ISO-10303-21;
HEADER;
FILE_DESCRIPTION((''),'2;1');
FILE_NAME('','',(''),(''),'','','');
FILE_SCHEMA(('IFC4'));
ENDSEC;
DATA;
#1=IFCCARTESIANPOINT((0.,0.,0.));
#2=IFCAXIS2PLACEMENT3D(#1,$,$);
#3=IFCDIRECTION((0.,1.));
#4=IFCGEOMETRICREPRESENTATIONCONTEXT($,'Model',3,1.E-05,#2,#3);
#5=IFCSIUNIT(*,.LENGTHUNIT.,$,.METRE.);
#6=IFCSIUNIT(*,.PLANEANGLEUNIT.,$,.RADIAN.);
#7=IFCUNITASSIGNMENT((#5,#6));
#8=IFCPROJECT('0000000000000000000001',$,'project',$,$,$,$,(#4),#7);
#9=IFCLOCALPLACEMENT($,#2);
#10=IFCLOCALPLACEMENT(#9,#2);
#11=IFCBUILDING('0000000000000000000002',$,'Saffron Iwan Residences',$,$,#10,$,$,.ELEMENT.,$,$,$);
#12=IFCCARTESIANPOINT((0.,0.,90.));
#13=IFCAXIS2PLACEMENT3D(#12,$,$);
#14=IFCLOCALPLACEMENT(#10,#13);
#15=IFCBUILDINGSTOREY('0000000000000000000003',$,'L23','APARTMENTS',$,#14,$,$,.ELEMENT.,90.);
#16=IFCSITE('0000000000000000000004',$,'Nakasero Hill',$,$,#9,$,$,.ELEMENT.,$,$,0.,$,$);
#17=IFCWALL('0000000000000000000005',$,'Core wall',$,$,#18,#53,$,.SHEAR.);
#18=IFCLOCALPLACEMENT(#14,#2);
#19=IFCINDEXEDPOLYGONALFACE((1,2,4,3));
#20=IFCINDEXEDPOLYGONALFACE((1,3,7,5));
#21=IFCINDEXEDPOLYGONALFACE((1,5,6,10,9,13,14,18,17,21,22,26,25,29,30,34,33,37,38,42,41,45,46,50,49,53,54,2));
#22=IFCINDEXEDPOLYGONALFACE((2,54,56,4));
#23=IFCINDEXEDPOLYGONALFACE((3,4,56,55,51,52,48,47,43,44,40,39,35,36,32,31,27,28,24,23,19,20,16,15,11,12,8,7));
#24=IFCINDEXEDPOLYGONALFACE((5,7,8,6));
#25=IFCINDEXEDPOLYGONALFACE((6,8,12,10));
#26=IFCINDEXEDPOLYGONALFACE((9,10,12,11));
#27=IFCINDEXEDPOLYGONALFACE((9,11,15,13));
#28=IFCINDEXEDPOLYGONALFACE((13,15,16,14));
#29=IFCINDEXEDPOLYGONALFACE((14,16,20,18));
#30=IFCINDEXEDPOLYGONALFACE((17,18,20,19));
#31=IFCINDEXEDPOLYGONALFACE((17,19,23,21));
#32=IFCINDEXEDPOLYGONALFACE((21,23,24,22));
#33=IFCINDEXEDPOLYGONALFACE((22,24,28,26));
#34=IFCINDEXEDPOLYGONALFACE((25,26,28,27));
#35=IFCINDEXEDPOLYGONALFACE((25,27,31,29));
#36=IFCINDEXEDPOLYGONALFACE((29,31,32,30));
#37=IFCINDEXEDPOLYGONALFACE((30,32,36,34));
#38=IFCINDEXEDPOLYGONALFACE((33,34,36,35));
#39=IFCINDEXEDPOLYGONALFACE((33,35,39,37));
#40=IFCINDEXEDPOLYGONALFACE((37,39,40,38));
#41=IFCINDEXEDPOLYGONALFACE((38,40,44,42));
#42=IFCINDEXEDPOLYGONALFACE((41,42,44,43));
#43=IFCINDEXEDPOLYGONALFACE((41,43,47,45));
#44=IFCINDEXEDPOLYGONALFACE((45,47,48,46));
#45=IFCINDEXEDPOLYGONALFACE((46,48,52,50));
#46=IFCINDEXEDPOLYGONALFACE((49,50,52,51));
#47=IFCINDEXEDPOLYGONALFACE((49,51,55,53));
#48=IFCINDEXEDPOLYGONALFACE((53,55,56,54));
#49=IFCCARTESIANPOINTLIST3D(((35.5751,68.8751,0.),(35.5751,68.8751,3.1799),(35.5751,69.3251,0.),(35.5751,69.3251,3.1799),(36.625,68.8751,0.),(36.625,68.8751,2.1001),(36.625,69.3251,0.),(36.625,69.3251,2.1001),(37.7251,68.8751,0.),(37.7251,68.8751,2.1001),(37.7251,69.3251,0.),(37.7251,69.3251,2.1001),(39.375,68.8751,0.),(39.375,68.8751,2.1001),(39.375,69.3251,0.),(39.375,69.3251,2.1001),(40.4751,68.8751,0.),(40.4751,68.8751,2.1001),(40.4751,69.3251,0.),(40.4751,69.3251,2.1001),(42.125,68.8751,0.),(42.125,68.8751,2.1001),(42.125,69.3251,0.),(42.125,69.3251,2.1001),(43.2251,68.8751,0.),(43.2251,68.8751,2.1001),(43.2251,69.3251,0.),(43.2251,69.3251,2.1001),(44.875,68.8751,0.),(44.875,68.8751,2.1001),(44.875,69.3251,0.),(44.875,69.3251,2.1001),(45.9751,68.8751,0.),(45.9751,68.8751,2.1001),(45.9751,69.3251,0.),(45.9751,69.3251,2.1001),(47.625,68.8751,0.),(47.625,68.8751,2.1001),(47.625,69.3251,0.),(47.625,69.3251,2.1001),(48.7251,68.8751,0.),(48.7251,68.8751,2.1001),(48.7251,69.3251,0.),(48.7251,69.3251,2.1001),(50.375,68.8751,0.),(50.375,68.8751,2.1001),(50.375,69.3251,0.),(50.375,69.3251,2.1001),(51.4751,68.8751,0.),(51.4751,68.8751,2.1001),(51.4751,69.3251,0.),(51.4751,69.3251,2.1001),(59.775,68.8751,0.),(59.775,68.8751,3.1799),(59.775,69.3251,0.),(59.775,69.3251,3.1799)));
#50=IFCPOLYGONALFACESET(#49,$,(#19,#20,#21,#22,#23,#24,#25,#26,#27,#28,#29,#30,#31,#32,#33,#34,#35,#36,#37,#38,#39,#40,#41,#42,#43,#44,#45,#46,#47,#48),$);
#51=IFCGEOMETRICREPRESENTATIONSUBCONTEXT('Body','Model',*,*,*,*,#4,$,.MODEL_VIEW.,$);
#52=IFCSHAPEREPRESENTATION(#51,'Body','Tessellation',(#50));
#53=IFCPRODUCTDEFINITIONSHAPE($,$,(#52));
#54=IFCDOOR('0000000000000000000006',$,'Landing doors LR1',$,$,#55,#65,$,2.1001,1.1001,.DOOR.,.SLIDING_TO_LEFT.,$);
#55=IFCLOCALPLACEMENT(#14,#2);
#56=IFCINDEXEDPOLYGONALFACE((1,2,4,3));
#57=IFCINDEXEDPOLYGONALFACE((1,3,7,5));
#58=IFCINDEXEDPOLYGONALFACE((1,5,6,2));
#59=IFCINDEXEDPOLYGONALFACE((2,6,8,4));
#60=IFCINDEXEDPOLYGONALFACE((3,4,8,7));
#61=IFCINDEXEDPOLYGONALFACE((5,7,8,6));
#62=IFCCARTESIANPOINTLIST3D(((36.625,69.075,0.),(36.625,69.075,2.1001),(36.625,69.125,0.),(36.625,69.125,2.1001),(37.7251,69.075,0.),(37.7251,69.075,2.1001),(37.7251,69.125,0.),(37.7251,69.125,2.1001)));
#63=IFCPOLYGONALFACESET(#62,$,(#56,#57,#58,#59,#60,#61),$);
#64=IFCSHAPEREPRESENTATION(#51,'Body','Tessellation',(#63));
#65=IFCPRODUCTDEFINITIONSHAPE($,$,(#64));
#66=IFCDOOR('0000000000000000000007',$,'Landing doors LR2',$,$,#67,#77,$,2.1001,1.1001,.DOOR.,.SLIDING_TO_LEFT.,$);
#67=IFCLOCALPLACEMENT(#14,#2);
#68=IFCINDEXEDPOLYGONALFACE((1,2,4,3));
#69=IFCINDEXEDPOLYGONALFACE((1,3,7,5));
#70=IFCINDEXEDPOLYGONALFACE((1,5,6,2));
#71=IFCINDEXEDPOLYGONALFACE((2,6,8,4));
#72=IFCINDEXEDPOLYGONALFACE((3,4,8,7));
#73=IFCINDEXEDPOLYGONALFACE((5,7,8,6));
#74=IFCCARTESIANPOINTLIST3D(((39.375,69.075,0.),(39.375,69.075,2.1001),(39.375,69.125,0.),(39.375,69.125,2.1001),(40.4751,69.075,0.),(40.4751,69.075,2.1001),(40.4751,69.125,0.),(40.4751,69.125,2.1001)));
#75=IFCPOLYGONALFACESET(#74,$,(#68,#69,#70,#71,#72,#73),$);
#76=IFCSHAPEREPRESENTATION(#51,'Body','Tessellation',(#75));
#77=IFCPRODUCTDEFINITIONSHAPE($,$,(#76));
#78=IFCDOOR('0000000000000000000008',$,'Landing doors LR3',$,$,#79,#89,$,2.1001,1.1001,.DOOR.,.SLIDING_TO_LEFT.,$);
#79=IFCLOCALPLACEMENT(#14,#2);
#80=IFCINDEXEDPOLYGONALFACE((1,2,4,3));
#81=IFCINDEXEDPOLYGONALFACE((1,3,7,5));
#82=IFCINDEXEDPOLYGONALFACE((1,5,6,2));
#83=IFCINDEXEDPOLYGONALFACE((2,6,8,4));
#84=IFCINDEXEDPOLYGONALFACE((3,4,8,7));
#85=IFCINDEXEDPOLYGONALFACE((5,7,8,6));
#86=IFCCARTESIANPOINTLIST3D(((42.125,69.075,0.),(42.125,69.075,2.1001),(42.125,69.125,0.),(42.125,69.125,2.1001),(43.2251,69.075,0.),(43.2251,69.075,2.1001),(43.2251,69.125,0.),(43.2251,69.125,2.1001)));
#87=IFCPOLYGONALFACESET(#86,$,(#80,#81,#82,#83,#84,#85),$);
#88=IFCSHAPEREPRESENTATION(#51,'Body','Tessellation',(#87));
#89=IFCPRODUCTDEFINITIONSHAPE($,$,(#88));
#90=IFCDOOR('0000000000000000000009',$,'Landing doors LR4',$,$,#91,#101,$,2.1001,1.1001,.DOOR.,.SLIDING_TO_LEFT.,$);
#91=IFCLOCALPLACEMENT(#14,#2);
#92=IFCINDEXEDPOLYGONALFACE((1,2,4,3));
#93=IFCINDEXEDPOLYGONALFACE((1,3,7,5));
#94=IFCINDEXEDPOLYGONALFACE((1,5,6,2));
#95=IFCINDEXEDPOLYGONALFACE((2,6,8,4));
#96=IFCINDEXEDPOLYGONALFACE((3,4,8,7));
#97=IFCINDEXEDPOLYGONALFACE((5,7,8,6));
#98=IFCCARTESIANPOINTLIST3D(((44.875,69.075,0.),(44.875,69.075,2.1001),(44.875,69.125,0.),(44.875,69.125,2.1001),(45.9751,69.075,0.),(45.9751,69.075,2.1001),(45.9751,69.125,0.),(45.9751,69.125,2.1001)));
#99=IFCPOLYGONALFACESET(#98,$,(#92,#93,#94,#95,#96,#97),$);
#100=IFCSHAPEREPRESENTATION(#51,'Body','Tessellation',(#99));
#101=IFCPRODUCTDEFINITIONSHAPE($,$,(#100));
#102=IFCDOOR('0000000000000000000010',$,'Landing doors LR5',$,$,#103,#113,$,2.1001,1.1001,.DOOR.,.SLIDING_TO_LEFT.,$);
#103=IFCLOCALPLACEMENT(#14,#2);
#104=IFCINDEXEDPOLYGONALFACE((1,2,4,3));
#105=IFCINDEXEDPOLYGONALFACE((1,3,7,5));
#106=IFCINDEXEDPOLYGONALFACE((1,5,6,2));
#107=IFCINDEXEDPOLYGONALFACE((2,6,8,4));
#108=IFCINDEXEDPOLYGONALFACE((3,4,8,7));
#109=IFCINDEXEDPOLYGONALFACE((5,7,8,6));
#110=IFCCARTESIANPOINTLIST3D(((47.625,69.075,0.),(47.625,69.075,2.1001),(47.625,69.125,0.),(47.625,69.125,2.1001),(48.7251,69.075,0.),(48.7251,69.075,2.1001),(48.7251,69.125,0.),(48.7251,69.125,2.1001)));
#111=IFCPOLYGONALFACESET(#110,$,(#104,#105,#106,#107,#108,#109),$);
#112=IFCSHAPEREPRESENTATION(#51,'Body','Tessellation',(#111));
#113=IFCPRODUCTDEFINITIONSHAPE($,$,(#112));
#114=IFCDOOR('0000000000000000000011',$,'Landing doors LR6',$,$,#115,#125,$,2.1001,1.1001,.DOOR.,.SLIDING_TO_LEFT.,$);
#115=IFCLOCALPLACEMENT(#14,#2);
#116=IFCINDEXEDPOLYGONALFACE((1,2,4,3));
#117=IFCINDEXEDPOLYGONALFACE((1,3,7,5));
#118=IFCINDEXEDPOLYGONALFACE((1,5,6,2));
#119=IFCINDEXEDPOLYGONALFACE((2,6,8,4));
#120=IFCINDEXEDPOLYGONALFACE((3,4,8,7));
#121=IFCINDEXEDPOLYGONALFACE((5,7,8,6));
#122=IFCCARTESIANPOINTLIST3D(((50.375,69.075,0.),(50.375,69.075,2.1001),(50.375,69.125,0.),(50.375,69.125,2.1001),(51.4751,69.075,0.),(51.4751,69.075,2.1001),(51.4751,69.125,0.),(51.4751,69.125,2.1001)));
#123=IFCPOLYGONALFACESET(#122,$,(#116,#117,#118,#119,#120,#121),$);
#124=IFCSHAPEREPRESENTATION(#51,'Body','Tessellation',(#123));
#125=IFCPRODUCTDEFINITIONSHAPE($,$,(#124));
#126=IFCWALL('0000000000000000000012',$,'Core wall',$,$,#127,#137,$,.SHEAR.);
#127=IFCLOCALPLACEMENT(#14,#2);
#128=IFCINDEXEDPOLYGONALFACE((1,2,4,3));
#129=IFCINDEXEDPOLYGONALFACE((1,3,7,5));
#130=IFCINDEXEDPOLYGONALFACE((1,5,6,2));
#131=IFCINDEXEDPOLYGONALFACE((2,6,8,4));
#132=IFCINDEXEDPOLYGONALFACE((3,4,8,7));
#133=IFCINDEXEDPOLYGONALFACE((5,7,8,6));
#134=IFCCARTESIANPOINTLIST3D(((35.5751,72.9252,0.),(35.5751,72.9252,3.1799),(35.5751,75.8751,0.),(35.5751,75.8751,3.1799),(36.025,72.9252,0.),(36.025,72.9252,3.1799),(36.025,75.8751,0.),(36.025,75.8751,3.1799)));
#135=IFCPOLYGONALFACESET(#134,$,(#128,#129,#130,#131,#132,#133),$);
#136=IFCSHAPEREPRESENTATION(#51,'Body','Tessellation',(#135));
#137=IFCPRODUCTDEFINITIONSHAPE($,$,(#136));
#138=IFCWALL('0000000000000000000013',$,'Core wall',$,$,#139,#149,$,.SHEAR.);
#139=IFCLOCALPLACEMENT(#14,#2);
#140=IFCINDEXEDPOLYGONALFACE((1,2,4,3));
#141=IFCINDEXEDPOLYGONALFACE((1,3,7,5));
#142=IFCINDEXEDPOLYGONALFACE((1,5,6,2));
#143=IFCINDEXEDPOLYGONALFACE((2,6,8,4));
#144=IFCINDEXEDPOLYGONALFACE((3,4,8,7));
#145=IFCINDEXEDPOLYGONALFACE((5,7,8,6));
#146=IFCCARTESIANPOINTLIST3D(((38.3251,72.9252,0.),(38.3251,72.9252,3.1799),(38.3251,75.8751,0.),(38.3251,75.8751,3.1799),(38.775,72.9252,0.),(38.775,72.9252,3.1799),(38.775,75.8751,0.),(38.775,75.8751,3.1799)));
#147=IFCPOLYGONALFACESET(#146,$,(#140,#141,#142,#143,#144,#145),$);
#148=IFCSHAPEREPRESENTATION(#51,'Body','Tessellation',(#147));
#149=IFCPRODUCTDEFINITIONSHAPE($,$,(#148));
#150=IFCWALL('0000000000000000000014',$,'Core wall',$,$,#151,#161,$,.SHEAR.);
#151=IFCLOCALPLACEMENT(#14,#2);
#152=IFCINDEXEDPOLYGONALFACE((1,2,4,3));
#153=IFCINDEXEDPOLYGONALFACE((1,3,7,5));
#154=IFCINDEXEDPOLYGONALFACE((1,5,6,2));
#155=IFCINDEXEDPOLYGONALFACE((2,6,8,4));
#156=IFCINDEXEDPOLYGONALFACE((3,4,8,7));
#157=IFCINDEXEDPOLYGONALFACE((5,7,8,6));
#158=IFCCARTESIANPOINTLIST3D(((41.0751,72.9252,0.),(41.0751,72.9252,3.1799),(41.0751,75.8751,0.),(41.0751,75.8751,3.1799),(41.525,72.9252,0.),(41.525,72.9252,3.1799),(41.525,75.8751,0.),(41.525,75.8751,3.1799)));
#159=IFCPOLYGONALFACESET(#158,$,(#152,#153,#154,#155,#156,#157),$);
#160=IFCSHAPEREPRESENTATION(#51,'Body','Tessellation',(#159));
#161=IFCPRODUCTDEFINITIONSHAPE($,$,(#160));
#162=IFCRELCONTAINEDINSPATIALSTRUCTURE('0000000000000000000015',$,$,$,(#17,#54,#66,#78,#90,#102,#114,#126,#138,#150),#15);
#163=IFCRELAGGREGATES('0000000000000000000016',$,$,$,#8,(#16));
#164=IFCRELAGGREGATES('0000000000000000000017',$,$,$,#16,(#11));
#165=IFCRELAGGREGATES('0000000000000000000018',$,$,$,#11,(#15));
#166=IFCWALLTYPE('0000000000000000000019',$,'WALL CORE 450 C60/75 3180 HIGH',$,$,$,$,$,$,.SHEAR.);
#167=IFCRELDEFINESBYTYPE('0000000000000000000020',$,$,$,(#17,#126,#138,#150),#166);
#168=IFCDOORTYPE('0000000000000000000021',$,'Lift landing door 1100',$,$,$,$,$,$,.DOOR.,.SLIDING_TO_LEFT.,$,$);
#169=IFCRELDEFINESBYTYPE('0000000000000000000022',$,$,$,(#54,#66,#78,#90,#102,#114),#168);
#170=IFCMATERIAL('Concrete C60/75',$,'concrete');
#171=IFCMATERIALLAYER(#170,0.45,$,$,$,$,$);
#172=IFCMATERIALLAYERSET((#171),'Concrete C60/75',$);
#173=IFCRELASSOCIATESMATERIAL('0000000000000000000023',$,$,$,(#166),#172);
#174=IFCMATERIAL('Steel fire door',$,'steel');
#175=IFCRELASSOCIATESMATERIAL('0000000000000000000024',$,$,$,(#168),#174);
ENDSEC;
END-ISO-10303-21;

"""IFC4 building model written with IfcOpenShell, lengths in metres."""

from ifc_helpers import new_model, si_unit, direction, frame, frame_2d, origin, place, context, subcontext, project, spatial, rectangle, extrude, material, layer, layer_set, type_object, element, fill, save


model = new_model("IFC4")

# Units and contexts
model_context = context("Model", 3, precision=1e-05, world=origin(), true_north=direction((0.0, 1.0)))
body_context = subcontext(model_context, "Body", "Model", "MODEL_VIEW")
ifc_project = project(units=[si_unit("LENGTHUNIT", "METRE"), si_unit("PLANEANGLEUNIT", "RADIAN")], contexts=[model_context])

# Site, building, storey
site_placement = place(None, origin())
site = spatial("IfcSite", under=ifc_project, at=site_placement, Name="Nakasero Hill", CompositionType="ELEMENT", RefElevation=0.0)
building_placement = place(site_placement, origin())
building = spatial("IfcBuilding", under=site, at=building_placement, Name="Saffron Iwan Residences", CompositionType="ELEMENT")
storey_placement = place(building_placement, frame((0.0, 0.0, 90.0)))
storey = spatial("IfcBuildingStorey", under=building, at=storey_placement, Name="L23", Description="APARTMENTS", CompositionType="ELEMENT", Elevation=90.0)

# Shared definitions
ifc_material_1 = material(Name="Concrete C60/75", Category="concrete")

# Shared definitions
ifc_material_2 = material(Name="Steel fire door", Category="steel")

# Wall, openings, doors
ifc_layer_1 = layer(ifc_material_1, 0.45)
ifc_layer_set_1 = layer_set([ifc_layer_1], Name="Concrete C60/75")
wall_type_1 = type_object("IfcWallType", Name="WALL CORE 450 C60/75 3180 HIGH", PredefinedType="SHEAR", material=ifc_layer_set_1)
wall_1_placement = place(storey_placement, frame((35.575, 69.1001, 0.0), z_axis=(0.0, 0.0, 1.0), x_axis=(1.0, 0.0, 0.0)))
wall_1 = element("IfcWall", 1, at=wall_1_placement, inside=storey, type_object=wall_type_1, Name="Core wall", PredefinedType="SHEAR", context=body_context, shape_type="SweptSolid", body=[
    extrude(rectangle(XDim=24.2, YDim=0.45, at=frame_2d((12.1001, 0.0))), origin(), (0.0, 0.0, 1.0), 3.1799),
])
opening_1_placement = place(wall_1_placement, frame((1.05, 0.0, 0.0)))
opening_1 = element("IfcOpeningElement", 2, at=opening_1_placement, cuts=wall_1, PredefinedType="OPENING", context=body_context, shape_type="SweptSolid", body=[
    extrude(rectangle(XDim=1.1001, YDim=2.1001, at=frame_2d((0.55, 1.05))), frame((0.0, 0.2349, 0.0), z_axis=(0.0, -1.0, 0.0), x_axis=(1.0, 0.0, 0.0)), (0.0, 0.0, 1.0), 0.47),
])
opening_2_placement = place(wall_1_placement, frame((3.8, 0.0, 0.0)))
opening_2 = element("IfcOpeningElement", 3, at=opening_2_placement, cuts=wall_1, PredefinedType="OPENING", context=body_context, shape_type="SweptSolid", body=[
    extrude(rectangle(XDim=1.1001, YDim=2.1001, at=frame_2d((0.55, 1.05))), frame((0.0, 0.2349, 0.0), z_axis=(0.0, -1.0, 0.0), x_axis=(1.0, 0.0, 0.0)), (0.0, 0.0, 1.0), 0.47),
])
opening_3_placement = place(wall_1_placement, frame((6.55, 0.0, 0.0)))
opening_3 = element("IfcOpeningElement", 4, at=opening_3_placement, cuts=wall_1, PredefinedType="OPENING", context=body_context, shape_type="SweptSolid", body=[
    extrude(rectangle(XDim=1.1001, YDim=2.1001, at=frame_2d((0.55, 1.05))), frame((0.0, 0.2349, 0.0), z_axis=(0.0, -1.0, 0.0), x_axis=(1.0, 0.0, 0.0)), (0.0, 0.0, 1.0), 0.47),
])
opening_4_placement = place(wall_1_placement, frame((9.3, 0.0, 0.0)))
opening_4 = element("IfcOpeningElement", 5, at=opening_4_placement, cuts=wall_1, PredefinedType="OPENING", context=body_context, shape_type="SweptSolid", body=[
    extrude(rectangle(XDim=1.1001, YDim=2.1001, at=frame_2d((0.55, 1.05))), frame((0.0, 0.2349, 0.0), z_axis=(0.0, -1.0, 0.0), x_axis=(1.0, 0.0, 0.0)), (0.0, 0.0, 1.0), 0.47),
])
opening_5_placement = place(wall_1_placement, frame((12.05, 0.0, 0.0)))
opening_5 = element("IfcOpeningElement", 6, at=opening_5_placement, cuts=wall_1, PredefinedType="OPENING", context=body_context, shape_type="SweptSolid", body=[
    extrude(rectangle(XDim=1.1001, YDim=2.1001, at=frame_2d((0.55, 1.05))), frame((0.0, 0.2349, 0.0), z_axis=(0.0, -1.0, 0.0), x_axis=(1.0, 0.0, 0.0)), (0.0, 0.0, 1.0), 0.47),
])
opening_6_placement = place(wall_1_placement, frame((14.8, 0.0, 0.0)))
opening_6 = element("IfcOpeningElement", 7, at=opening_6_placement, cuts=wall_1, PredefinedType="OPENING", context=body_context, shape_type="SweptSolid", body=[
    extrude(rectangle(XDim=1.1001, YDim=2.1001, at=frame_2d((0.55, 1.05))), frame((0.0, 0.2349, 0.0), z_axis=(0.0, -1.0, 0.0), x_axis=(1.0, 0.0, 0.0)), (0.0, 0.0, 1.0), 0.47),
])
door_type_1 = type_object("IfcDoorType", Name="Lift landing door 1100", OperationType="SLIDING_TO_LEFT", PredefinedType="DOOR", material=ifc_material_2)
door_1_placement = place(opening_1_placement, origin())
door_1 = element("IfcDoor", 8, at=door_1_placement, inside=storey, type_object=door_type_1, Name="Landing doors LR1", OperationType="SLIDING_TO_LEFT", OverallHeight=2.1001, OverallWidth=1.1001, PredefinedType="DOOR", context=body_context, shape_type="SweptSolid", body=[
    extrude(rectangle(XDim=1.1001, YDim=2.1001, at=frame_2d((0.55, 1.05))), frame((0.0, 0.0249, 0.0), z_axis=(0.0, -1.0, 0.0), x_axis=(1.0, 0.0, 0.0)), (0.0, 0.0, 1.0), 0.05),
])
fill(opening_1, door_1)
door_2_placement = place(opening_2_placement, origin())
door_2 = element("IfcDoor", 9, at=door_2_placement, inside=storey, type_object=door_type_1, Name="Landing doors LR2", OperationType="SLIDING_TO_LEFT", OverallHeight=2.1001, OverallWidth=1.1001, PredefinedType="DOOR", context=body_context, shape_type="SweptSolid", body=[
    extrude(rectangle(XDim=1.1001, YDim=2.1001, at=frame_2d((0.55, 1.05))), frame((0.0, 0.0249, 0.0), z_axis=(0.0, -1.0, 0.0), x_axis=(1.0, 0.0, 0.0)), (0.0, 0.0, 1.0), 0.05),
])
fill(opening_2, door_2)
door_3_placement = place(opening_3_placement, origin())
door_3 = element("IfcDoor", 10, at=door_3_placement, inside=storey, type_object=door_type_1, Name="Landing doors LR3", OperationType="SLIDING_TO_LEFT", OverallHeight=2.1001, OverallWidth=1.1001, PredefinedType="DOOR", context=body_context, shape_type="SweptSolid", body=[
    extrude(rectangle(XDim=1.1001, YDim=2.1001, at=frame_2d((0.55, 1.05))), frame((0.0, 0.0249, 0.0), z_axis=(0.0, -1.0, 0.0), x_axis=(1.0, 0.0, 0.0)), (0.0, 0.0, 1.0), 0.05),
])
fill(opening_3, door_3)
door_4_placement = place(opening_4_placement, origin())
door_4 = element("IfcDoor", 11, at=door_4_placement, inside=storey, type_object=door_type_1, Name="Landing doors LR4", OperationType="SLIDING_TO_LEFT", OverallHeight=2.1001, OverallWidth=1.1001, PredefinedType="DOOR", context=body_context, shape_type="SweptSolid", body=[
    extrude(rectangle(XDim=1.1001, YDim=2.1001, at=frame_2d((0.55, 1.05))), frame((0.0, 0.0249, 0.0), z_axis=(0.0, -1.0, 0.0), x_axis=(1.0, 0.0, 0.0)), (0.0, 0.0, 1.0), 0.05),
])
fill(opening_4, door_4)
door_5_placement = place(opening_5_placement, origin())
door_5 = element("IfcDoor", 12, at=door_5_placement, inside=storey, type_object=door_type_1, Name="Landing doors LR5", OperationType="SLIDING_TO_LEFT", OverallHeight=2.1001, OverallWidth=1.1001, PredefinedType="DOOR", context=body_context, shape_type="SweptSolid", body=[
    extrude(rectangle(XDim=1.1001, YDim=2.1001, at=frame_2d((0.55, 1.05))), frame((0.0, 0.0249, 0.0), z_axis=(0.0, -1.0, 0.0), x_axis=(1.0, 0.0, 0.0)), (0.0, 0.0, 1.0), 0.05),
])
fill(opening_5, door_5)
door_6_placement = place(opening_6_placement, origin())
door_6 = element("IfcDoor", 13, at=door_6_placement, inside=storey, type_object=door_type_1, Name="Landing doors LR6", OperationType="SLIDING_TO_LEFT", OverallHeight=2.1001, OverallWidth=1.1001, PredefinedType="DOOR", context=body_context, shape_type="SweptSolid", body=[
    extrude(rectangle(XDim=1.1001, YDim=2.1001, at=frame_2d((0.55, 1.05))), frame((0.0, 0.0249, 0.0), z_axis=(0.0, -1.0, 0.0), x_axis=(1.0, 0.0, 0.0)), (0.0, 0.0, 1.0), 0.05),
])
fill(opening_6, door_6)

# Walls
for number, where, z_axis, x_axis, name in (
    (14, (35.8, 72.925, 0.0), (0.0, 0.0, 1.0), (0.0, 1.0, 0.0), "Core wall"),
    (15, (38.55, 72.925, 0.0), (0.0, 0.0, 1.0), (0.0, 1.0, 0.0), "Core wall"),
    (16, (41.3, 72.925, 0.0), (0.0, 0.0, 1.0), (0.0, 1.0, 0.0), "Core wall"),
):
    element("IfcWall", number, at=place(storey_placement, frame(where, z_axis=z_axis, x_axis=x_axis)), inside=storey, type_object=wall_type_1, Name=name, PredefinedType="SHEAR", context=body_context, shape_type="SweptSolid", body=[
        extrude(rectangle(XDim=2.95, YDim=0.45, at=frame_2d((1.4751, 0.0))), origin(), (0.0, 0.0, 1.0), 3.1799),
    ])

save(model, "model.ifc")
